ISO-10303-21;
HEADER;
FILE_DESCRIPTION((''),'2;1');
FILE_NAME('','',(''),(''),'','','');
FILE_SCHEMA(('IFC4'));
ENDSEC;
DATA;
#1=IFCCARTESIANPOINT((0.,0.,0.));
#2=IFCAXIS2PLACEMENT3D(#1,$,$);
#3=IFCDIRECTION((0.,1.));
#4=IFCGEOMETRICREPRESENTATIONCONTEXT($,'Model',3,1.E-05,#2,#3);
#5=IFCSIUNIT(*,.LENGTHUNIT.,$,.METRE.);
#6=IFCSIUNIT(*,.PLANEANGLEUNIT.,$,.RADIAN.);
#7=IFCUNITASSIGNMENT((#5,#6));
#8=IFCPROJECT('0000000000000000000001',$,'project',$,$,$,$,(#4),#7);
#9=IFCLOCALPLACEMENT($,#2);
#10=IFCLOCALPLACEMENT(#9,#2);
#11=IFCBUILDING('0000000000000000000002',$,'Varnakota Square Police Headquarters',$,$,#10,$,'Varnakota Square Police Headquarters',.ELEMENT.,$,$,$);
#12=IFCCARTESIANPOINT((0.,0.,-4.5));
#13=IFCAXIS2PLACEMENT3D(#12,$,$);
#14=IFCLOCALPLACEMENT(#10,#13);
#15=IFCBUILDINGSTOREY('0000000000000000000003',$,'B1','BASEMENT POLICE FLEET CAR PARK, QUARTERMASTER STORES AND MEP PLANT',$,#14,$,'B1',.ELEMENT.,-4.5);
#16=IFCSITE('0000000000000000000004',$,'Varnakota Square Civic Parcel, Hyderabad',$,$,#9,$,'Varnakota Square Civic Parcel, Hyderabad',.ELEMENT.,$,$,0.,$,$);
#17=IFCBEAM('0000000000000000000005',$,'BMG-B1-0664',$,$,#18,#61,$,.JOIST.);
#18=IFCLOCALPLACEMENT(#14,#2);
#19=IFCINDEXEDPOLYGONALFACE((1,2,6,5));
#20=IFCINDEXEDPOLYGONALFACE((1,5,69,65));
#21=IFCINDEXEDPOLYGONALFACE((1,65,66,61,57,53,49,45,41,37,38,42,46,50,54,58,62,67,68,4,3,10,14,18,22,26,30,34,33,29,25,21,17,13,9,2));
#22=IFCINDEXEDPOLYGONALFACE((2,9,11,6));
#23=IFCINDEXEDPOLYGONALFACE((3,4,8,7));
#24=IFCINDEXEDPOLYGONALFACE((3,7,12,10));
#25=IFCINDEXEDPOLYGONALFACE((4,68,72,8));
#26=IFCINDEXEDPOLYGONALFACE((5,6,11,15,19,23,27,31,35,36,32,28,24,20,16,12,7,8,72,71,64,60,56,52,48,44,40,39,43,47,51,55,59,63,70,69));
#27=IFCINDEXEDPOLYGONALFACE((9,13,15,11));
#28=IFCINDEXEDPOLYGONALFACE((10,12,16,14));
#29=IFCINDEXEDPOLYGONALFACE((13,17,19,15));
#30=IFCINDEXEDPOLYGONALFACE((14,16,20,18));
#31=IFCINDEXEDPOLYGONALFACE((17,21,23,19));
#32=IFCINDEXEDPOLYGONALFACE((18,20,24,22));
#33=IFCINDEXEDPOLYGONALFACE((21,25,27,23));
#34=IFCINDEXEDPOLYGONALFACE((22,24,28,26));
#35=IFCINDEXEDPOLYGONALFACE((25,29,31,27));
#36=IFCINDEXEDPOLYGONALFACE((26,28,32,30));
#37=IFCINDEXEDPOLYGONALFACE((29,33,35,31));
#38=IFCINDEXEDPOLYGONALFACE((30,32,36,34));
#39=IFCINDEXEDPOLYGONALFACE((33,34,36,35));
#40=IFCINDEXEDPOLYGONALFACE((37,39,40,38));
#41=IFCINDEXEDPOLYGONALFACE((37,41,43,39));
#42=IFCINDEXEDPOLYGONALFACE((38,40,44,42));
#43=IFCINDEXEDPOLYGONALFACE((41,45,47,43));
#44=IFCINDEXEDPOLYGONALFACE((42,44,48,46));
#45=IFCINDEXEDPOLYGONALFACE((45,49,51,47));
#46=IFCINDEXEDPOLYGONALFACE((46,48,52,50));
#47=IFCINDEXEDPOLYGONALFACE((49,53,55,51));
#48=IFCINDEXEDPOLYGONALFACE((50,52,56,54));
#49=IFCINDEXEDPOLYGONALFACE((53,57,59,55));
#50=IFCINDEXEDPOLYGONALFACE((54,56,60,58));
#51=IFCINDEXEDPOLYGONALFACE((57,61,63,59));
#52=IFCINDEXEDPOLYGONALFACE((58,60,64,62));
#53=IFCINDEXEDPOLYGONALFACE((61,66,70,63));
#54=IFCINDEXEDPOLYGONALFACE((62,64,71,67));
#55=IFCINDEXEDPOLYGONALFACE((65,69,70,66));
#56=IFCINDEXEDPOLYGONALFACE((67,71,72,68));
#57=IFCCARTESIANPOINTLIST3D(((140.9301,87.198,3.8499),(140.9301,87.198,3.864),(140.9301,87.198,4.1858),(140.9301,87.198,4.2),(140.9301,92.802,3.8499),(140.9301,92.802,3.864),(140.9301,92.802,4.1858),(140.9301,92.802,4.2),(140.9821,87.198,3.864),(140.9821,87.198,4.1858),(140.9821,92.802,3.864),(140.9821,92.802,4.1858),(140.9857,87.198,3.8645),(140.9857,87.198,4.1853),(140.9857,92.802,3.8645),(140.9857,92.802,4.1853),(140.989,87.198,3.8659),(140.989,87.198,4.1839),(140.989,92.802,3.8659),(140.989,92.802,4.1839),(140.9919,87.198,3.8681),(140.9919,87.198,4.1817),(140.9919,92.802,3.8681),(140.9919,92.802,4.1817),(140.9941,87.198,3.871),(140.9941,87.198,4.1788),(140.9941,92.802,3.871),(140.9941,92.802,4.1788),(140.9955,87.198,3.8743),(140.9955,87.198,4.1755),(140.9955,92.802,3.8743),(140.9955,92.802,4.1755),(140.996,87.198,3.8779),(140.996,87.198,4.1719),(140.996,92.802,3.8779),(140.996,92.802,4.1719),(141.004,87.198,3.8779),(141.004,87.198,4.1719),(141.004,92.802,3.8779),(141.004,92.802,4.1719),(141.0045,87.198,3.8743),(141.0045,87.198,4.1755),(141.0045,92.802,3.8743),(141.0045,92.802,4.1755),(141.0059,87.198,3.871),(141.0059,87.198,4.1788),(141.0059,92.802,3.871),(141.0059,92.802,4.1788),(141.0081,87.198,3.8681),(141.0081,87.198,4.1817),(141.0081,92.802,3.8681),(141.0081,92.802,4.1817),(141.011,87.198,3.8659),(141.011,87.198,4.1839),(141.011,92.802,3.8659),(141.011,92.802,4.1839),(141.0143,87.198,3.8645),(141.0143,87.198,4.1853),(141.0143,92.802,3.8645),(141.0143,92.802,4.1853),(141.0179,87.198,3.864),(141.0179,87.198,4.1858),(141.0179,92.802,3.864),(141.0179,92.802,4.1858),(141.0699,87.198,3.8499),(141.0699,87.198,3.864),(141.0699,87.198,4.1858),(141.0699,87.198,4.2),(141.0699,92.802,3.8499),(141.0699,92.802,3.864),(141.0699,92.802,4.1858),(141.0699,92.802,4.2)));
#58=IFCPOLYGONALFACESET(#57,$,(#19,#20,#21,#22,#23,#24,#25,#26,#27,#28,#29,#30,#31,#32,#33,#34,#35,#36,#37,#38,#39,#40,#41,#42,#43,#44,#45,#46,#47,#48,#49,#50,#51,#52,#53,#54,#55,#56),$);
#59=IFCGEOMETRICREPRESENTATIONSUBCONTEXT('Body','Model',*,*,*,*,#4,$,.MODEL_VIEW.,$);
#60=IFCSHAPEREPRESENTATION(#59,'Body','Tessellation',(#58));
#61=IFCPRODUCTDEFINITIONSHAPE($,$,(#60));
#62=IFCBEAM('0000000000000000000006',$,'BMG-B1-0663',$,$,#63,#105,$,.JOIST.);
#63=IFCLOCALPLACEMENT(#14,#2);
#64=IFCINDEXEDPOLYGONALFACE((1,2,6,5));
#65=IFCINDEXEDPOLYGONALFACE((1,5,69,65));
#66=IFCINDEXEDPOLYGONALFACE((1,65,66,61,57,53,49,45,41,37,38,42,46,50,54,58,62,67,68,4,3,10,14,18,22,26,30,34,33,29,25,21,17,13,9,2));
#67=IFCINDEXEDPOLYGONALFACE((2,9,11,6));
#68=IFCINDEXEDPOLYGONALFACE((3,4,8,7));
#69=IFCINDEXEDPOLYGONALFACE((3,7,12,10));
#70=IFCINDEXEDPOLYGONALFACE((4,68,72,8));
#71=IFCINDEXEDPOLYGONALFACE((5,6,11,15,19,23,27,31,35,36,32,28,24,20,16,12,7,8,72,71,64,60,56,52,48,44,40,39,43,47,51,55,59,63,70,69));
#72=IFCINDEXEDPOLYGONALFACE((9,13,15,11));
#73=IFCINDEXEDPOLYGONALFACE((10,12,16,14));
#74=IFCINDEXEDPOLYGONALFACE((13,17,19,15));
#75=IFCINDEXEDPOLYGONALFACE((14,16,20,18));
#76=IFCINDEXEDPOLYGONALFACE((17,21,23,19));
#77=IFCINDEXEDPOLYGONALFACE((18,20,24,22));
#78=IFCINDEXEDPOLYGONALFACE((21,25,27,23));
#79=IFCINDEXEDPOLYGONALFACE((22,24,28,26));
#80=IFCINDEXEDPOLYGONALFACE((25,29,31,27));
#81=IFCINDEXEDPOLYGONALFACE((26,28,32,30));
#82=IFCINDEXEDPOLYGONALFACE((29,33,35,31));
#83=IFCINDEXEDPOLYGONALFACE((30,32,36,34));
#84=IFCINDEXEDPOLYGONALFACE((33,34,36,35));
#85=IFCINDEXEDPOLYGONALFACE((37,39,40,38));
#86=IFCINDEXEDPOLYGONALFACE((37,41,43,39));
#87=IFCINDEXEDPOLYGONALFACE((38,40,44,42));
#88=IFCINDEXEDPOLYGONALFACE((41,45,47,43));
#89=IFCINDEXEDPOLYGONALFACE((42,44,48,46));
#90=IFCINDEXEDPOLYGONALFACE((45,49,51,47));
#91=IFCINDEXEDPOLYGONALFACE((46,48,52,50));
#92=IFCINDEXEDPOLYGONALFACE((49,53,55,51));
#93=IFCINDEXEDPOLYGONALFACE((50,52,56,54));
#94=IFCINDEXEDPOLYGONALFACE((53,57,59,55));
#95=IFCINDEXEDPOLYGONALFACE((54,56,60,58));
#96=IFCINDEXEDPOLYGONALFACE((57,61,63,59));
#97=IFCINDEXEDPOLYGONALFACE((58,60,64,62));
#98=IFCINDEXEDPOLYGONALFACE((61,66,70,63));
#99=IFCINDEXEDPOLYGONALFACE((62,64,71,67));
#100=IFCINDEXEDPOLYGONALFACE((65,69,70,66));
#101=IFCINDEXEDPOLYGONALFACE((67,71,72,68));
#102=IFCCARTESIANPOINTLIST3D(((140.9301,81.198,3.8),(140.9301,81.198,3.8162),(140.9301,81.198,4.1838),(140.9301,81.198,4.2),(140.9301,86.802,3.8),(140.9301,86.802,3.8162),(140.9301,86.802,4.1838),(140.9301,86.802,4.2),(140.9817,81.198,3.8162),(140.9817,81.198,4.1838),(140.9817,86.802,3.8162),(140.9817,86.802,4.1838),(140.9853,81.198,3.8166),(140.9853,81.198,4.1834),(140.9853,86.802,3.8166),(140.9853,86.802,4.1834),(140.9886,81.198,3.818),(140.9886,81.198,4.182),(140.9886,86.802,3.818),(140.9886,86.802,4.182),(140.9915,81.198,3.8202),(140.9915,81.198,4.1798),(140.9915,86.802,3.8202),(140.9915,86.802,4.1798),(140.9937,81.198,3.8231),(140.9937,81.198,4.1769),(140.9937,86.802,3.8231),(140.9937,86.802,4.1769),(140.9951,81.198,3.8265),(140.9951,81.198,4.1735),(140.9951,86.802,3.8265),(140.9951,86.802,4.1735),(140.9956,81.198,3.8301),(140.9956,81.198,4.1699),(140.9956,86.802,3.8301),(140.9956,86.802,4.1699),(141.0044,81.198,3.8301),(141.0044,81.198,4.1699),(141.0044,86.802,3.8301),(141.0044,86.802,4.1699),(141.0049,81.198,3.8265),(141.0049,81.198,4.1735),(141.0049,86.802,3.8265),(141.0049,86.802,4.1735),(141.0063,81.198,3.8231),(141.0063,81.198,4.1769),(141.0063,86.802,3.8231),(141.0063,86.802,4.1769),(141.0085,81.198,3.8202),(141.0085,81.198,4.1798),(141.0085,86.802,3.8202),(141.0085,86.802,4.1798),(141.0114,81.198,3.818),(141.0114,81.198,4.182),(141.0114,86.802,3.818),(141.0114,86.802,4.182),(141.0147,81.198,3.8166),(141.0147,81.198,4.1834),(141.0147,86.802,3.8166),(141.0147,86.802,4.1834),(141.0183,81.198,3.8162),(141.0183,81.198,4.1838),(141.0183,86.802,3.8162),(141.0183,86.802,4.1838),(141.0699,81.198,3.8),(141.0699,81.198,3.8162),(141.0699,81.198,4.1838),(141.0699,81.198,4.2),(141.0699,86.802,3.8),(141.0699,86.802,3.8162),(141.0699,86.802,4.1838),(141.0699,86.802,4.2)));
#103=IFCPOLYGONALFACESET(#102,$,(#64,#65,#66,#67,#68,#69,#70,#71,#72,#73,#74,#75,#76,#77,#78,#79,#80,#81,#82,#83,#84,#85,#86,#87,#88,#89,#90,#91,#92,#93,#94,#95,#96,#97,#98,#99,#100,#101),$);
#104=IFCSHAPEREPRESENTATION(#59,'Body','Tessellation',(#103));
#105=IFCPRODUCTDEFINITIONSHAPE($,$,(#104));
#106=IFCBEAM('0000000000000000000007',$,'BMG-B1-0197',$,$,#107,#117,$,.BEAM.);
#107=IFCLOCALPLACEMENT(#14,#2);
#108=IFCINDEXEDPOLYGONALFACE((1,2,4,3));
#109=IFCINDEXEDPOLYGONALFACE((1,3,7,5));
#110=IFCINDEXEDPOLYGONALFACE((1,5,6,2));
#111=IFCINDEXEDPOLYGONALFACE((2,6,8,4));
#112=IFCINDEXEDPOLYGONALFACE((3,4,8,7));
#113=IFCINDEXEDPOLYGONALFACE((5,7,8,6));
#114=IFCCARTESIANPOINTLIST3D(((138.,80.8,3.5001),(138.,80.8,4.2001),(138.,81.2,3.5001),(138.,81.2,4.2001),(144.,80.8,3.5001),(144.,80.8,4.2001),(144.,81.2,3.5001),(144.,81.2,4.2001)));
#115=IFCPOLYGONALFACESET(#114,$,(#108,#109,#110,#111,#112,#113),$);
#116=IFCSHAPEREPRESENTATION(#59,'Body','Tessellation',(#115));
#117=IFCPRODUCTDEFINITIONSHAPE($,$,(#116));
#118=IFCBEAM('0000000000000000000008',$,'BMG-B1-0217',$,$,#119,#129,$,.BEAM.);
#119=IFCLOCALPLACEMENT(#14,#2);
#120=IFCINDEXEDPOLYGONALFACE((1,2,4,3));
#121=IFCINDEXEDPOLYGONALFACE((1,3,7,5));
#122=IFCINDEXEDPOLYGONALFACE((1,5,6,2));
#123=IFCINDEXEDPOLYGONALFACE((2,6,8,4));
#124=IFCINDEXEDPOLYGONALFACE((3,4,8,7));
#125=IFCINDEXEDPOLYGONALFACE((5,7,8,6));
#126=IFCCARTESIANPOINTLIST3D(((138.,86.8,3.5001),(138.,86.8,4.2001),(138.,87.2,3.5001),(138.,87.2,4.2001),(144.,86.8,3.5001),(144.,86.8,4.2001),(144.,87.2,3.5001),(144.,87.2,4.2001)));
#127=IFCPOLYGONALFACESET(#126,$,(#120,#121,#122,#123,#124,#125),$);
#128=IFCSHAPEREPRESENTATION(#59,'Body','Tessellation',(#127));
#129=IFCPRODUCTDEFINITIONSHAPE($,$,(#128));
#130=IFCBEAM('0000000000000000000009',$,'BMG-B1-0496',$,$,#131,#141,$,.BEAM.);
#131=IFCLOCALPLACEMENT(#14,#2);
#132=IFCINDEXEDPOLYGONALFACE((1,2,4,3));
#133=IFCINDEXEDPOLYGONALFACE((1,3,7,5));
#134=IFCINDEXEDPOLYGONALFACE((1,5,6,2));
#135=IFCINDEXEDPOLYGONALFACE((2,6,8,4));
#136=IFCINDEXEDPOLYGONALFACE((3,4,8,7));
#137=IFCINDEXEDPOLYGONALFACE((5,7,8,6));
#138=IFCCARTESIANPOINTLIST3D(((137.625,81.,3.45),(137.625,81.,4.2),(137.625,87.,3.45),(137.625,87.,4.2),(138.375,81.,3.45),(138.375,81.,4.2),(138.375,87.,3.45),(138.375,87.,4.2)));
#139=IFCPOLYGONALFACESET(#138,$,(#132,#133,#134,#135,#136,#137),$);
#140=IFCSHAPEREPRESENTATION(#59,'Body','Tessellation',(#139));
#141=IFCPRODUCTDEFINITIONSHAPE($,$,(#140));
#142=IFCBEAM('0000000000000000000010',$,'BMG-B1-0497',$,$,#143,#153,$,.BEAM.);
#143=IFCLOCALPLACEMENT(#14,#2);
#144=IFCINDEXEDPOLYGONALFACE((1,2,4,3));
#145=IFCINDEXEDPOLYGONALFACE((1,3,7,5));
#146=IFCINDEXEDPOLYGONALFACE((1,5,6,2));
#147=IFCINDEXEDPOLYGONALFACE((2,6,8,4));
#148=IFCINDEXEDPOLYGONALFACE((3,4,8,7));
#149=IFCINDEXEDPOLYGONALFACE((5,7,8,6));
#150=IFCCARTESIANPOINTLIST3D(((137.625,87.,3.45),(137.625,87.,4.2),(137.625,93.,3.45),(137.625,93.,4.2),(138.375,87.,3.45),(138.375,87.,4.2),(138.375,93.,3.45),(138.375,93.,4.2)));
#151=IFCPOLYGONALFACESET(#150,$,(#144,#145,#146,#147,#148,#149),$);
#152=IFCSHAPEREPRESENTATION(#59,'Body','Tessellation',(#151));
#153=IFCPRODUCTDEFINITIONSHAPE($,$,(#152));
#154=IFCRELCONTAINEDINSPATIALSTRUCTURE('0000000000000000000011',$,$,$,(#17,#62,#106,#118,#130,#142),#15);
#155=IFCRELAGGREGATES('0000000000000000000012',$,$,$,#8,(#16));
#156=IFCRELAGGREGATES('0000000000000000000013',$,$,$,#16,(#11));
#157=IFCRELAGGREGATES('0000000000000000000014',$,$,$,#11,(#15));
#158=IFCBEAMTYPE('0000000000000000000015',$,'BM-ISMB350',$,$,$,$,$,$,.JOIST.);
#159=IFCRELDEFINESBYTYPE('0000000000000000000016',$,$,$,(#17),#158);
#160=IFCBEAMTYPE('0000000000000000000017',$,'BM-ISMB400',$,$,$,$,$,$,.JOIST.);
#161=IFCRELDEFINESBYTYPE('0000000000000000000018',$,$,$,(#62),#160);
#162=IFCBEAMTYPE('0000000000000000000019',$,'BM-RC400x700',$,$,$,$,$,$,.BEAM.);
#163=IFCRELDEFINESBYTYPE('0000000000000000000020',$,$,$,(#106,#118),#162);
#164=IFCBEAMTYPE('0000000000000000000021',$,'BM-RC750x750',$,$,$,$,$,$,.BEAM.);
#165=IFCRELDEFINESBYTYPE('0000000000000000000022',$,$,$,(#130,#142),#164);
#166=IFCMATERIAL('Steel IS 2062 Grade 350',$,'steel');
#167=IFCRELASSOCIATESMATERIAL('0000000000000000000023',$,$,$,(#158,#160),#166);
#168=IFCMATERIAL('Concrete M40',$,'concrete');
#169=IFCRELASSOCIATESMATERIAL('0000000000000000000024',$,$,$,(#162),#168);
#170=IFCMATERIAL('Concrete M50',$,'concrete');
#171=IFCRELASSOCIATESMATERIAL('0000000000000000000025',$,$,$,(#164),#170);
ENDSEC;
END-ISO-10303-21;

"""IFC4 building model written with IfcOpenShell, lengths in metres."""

from ifc_helpers import new_model, si_unit, direction, frame, origin, origin_2d, place, context, subcontext, project, spatial, rectangle, i_section, extrude, material, material_profile, profile_set, type_object, element, save


model = new_model("IFC4")

# Units and contexts
model_context = context("Model", 3, precision=1e-05, world=origin(), true_north=direction((0.0, 1.0)))
body_context = subcontext(model_context, "Body", "Model", "MODEL_VIEW")
ifc_project = project(units=[si_unit("LENGTHUNIT", "METRE"), si_unit("PLANEANGLEUNIT", "RADIAN")], contexts=[model_context])

# Site, building, storey
site_placement = place(None, origin())
site = spatial("IfcSite", under=ifc_project, at=site_placement, Name="Varnakota Square Civic Parcel, Hyderabad", LongName="Varnakota Square Civic Parcel, Hyderabad", CompositionType="ELEMENT", RefElevation=0.0)
building_placement = place(site_placement, origin())
building = spatial("IfcBuilding", under=site, at=building_placement, Name="Varnakota Square Police Headquarters", LongName="Varnakota Square Police Headquarters", CompositionType="ELEMENT")
storey_placement = place(building_placement, frame((0.0, 0.0, -4.5)))
storey = spatial("IfcBuildingStorey", under=building, at=storey_placement, Name="B1", Description="BASEMENT POLICE FLEET CAR PARK, QUARTERMASTER STORES AND MEP PLANT", LongName="B1", CompositionType="ELEMENT", Elevation=-4.5)

# Shared definitions
ifc_material_1 = material(Name="Concrete M40", Category="concrete")

# Shared definitions
ifc_material_2 = material(Name="Concrete M50", Category="concrete")

# Beams
ifc_material_3 = material(Name="Steel IS 2062 Grade 350", Category="steel")
ifc_material_profile_1 = material_profile(ifc_material_3, i_section(OverallWidth=0.1399, OverallDepth=0.3501, WebThickness=0.0081, FlangeThickness=0.0142, FilletRadius=0.0139, at=origin_2d()), Name="ISMB 350")
ifc_profile_set_1 = profile_set([ifc_material_profile_1], Name="Steel IS 2062 Grade 350")
beam_type_1 = type_object("IfcBeamType", Name="BM-ISMB350", PredefinedType="JOIST", material=ifc_profile_set_1)
beam_1_placement = place(storey_placement, frame((141.0, 87.198, 4.0249), z_axis=(0.0, 1.0, 0.0), x_axis=(-1.0, 0.0, 0.0)))
element("IfcBeam", 1, at=beam_1_placement, inside=storey, type_object=beam_type_1, Name="BMG-B1-0664", PredefinedType="JOIST", context=body_context, shape_type="SweptSolid", body=[
    extrude(i_section(OverallWidth=0.1399, OverallDepth=0.3501, WebThickness=0.0081, FlangeThickness=0.0142, FilletRadius=0.0139, at=origin_2d()), origin(), (0.0, 0.0, 1.0), 5.604),
])
ifc_material_profile_2 = material_profile(ifc_material_3, i_section(OverallWidth=0.1399, OverallDepth=0.3999, WebThickness=0.0088, FlangeThickness=0.0161, FilletRadius=0.0139, at=origin_2d()), Name="ISMB 400")
ifc_profile_set_2 = profile_set([ifc_material_profile_2], Name="Steel IS 2062 Grade 350")
beam_type_2 = type_object("IfcBeamType", Name="BM-ISMB400", PredefinedType="JOIST", material=ifc_profile_set_2)
beam_2_placement = place(storey_placement, frame((141.0, 81.198, 4.0), z_axis=(0.0, 1.0, 0.0), x_axis=(-1.0, 0.0, 0.0)))
element("IfcBeam", 2, at=beam_2_placement, inside=storey, type_object=beam_type_2, Name="BMG-B1-0663", PredefinedType="JOIST", context=body_context, shape_type="SweptSolid", body=[
    extrude(i_section(OverallWidth=0.1399, OverallDepth=0.3999, WebThickness=0.0088, FlangeThickness=0.0161, FilletRadius=0.0139, at=origin_2d()), origin(), (0.0, 0.0, 1.0), 5.604),
])
ifc_material_profile_3 = material_profile(ifc_material_1, rectangle(XDim=0.3999, YDim=0.7, at=origin_2d()), Name="RC 400x700")
ifc_profile_set_3 = profile_set([ifc_material_profile_3], Name="Concrete M40")
beam_type_3 = type_object("IfcBeamType", Name="BM-RC400x700", PredefinedType="BEAM", material=ifc_profile_set_3)
for number, where, z_axis, x_axis, name in (
    (3, (138.0, 81.0, 3.8501), (1.0, 0.0, 0.0), (0.0, 1.0, 0.0), "BMG-B1-0197"),
    (4, (138.0, 87.0, 3.8501), (1.0, 0.0, 0.0), (0.0, 1.0, 0.0), "BMG-B1-0217"),
):
    element("IfcBeam", number, at=place(storey_placement, frame(where, z_axis=z_axis, x_axis=x_axis)), inside=storey, type_object=beam_type_3, Name=name, PredefinedType="BEAM", context=body_context, shape_type="SweptSolid", body=[
        extrude(rectangle(XDim=0.3999, YDim=0.7, at=origin_2d()), origin(), (0.0, 0.0, 1.0), 6.0),
    ])
ifc_material_profile_4 = material_profile(ifc_material_2, rectangle(XDim=0.75, YDim=0.75, at=origin_2d()), Name="RC 750x750")
ifc_profile_set_4 = profile_set([ifc_material_profile_4], Name="Concrete M50")
beam_type_4 = type_object("IfcBeamType", Name="BM-RC750x750", PredefinedType="BEAM", material=ifc_profile_set_4)
for number, where, z_axis, x_axis, name in (
    (5, (138.0, 81.0, 3.825), (0.0, 1.0, 0.0), (-1.0, 0.0, 0.0), "BMG-B1-0496"),
    (6, (138.0, 87.0, 3.825), (0.0, 1.0, 0.0), (-1.0, 0.0, 0.0), "BMG-B1-0497"),
):
    element("IfcBeam", number, at=place(storey_placement, frame(where, z_axis=z_axis, x_axis=x_axis)), inside=storey, type_object=beam_type_4, Name=name, PredefinedType="BEAM", context=body_context, shape_type="SweptSolid", body=[
        extrude(rectangle(XDim=0.75, YDim=0.75, at=origin_2d()), origin(), (0.0, 0.0, 1.0), 6.0),
    ])

save(model, "model.ifc")
